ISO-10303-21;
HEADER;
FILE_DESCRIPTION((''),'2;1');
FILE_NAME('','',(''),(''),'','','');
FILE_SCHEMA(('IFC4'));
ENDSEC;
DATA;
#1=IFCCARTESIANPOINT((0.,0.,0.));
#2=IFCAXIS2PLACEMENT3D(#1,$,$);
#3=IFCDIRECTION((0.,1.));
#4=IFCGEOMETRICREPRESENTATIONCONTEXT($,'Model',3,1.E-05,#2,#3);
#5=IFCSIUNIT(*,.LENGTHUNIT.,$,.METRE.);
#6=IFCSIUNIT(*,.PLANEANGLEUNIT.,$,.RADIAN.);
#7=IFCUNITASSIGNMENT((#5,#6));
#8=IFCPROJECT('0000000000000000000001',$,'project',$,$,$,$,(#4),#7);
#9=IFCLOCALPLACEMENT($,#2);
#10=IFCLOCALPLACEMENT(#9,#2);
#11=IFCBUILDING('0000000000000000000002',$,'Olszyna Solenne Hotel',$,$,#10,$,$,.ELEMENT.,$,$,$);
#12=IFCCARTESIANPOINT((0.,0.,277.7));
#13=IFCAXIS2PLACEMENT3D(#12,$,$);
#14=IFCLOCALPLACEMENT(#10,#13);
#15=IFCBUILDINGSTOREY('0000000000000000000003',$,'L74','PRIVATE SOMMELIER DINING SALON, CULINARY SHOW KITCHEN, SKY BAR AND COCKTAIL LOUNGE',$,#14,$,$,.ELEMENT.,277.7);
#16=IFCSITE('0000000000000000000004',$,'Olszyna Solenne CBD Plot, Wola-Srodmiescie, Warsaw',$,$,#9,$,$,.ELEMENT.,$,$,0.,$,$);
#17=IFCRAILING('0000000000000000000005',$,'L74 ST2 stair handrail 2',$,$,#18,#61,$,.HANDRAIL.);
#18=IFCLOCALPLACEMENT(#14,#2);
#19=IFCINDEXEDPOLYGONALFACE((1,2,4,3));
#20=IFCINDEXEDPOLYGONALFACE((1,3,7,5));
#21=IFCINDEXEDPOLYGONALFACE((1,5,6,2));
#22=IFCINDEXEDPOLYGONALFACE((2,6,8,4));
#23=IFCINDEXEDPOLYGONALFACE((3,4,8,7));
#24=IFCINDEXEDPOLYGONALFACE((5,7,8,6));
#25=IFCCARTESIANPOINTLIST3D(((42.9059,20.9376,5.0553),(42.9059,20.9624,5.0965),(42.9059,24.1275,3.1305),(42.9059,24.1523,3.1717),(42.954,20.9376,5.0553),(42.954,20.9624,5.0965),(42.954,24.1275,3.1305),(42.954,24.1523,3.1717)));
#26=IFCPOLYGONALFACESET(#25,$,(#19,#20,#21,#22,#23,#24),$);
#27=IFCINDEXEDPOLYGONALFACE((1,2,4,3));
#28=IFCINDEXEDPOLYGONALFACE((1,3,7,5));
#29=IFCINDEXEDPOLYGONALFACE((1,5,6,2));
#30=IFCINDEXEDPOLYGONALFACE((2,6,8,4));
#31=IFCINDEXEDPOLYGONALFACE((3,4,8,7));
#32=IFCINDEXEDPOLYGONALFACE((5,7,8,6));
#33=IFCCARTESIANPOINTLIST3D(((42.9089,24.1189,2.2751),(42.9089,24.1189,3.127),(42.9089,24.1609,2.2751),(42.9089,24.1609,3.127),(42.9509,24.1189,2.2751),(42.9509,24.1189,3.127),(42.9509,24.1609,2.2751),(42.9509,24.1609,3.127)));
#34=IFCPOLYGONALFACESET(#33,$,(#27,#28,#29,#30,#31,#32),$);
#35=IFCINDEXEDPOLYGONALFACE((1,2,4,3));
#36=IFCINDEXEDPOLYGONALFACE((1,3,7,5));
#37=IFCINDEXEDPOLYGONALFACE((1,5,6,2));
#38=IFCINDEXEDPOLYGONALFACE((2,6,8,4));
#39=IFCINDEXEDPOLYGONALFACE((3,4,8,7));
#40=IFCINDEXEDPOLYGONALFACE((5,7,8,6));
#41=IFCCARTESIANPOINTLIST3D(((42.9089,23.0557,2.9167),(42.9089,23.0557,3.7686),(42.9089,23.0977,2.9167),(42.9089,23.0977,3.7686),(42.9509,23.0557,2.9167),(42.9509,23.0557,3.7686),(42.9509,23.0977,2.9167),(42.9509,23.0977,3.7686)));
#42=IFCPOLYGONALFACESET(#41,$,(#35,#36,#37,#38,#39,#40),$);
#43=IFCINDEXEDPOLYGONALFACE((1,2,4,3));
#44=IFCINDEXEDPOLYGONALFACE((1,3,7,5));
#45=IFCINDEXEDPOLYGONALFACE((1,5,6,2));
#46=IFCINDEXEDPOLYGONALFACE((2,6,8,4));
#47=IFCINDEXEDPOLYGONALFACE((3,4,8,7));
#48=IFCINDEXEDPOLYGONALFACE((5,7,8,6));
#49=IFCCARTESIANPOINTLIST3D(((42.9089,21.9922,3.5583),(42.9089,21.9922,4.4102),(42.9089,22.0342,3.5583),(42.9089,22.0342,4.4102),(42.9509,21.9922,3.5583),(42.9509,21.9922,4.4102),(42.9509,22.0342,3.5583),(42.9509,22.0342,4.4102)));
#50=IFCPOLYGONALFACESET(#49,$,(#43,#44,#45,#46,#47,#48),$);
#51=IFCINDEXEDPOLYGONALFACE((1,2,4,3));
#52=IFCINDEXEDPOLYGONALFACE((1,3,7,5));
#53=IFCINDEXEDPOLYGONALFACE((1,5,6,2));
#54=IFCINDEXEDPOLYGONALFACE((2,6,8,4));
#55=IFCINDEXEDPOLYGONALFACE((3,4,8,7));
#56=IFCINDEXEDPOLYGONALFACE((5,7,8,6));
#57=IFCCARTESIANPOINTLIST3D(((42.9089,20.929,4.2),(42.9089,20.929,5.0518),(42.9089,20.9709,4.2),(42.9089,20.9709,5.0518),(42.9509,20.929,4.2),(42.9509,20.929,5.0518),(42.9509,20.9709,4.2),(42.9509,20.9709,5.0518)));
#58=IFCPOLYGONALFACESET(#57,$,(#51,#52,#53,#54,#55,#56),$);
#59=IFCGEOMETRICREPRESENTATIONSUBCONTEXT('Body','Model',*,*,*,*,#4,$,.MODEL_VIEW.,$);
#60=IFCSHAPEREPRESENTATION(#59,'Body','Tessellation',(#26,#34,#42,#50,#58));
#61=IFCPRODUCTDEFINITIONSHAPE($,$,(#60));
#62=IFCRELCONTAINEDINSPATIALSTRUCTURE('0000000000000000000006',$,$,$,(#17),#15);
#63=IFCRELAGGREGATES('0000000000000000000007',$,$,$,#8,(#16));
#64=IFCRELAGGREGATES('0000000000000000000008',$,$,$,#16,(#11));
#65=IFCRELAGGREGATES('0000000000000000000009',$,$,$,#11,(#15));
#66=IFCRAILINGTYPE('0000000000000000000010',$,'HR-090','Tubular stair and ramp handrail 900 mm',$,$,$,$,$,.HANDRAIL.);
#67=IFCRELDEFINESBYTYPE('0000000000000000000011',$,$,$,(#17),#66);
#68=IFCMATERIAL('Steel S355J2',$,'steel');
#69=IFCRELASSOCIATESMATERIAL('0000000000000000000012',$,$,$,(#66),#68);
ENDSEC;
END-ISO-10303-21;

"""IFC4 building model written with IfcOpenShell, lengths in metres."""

from ifc_helpers import new_model, si_unit, direction, frame, origin, origin_2d, place, context, subcontext, project, spatial, rectangle, extrude, material, type_object, element, save


model = new_model("IFC4")

# Units and contexts
model_context = context("Model", 3, precision=1e-05, world=origin(), true_north=direction((0.0, 1.0)))
body_context = subcontext(model_context, "Body", "Model", "MODEL_VIEW")
ifc_project = project(units=[si_unit("LENGTHUNIT", "METRE"), si_unit("PLANEANGLEUNIT", "RADIAN")], contexts=[model_context])

# Site, building, storey
site_placement = place(None, origin())
site = spatial("IfcSite", under=ifc_project, at=site_placement, Name="Olszyna Solenne CBD Plot, Wola-Srodmiescie, Warsaw", CompositionType="ELEMENT", RefElevation=0.0)
building_placement = place(site_placement, origin())
building = spatial("IfcBuilding", under=site, at=building_placement, Name="Olszyna Solenne Hotel", CompositionType="ELEMENT")
storey_placement = place(building_placement, frame((0.0, 0.0, 277.7)))
storey = spatial("IfcBuildingStorey", under=building, at=storey_placement, Name="L74", Description="PRIVATE SOMMELIER DINING SALON, CULINARY SHOW KITCHEN, SKY BAR AND COCKTAIL LOUNGE", CompositionType="ELEMENT", Elevation=277.7)

# Shared definitions
ifc_material_1 = material(Name="Steel S355J2", Category="steel")

# Railing
railing_type_1 = type_object("IfcRailingType", Name="HR-090", Description="Tubular stair and ramp handrail 900 mm", PredefinedType="HANDRAIL", material=ifc_material_1)
railing_1_placement = place(storey_placement, frame((42.9299, 24.1399, 2.2751)))
element("IfcRailing", 1, at=railing_1_placement, inside=storey, type_object=railing_type_1, Name="L74 ST2 stair handrail 2", PredefinedType="HANDRAIL", context=body_context, shape_type="SweptSolid", body=[
    extrude(rectangle(XDim=0.0481, YDim=0.0481, at=origin_2d()), frame((0.0, 0.0, 0.876), z_axis=(0.0, -0.856207, 0.516633), x_axis=(1.0, 0.0, 0.0)), (0.0, 0.0, 1.0), 3.7256),
    extrude(rectangle(XDim=0.042, YDim=0.042, at=origin_2d()), origin(), (0.0, 0.0, 1.0), 0.8518),
    extrude(rectangle(XDim=0.042, YDim=0.042, at=origin_2d()), frame((0.0, -1.0632, 0.6416)), (0.0, 0.0, 1.0), 0.8518),
    extrude(rectangle(XDim=0.042, YDim=0.042, at=origin_2d()), frame((0.0, -2.1267, 1.2832)), (0.0, 0.0, 1.0), 0.8518),
    extrude(rectangle(XDim=0.042, YDim=0.042, at=origin_2d()), frame((0.0, -3.1899, 1.9248)), (0.0, 0.0, 1.0), 0.8518),
])

save(model, "model.ifc")
